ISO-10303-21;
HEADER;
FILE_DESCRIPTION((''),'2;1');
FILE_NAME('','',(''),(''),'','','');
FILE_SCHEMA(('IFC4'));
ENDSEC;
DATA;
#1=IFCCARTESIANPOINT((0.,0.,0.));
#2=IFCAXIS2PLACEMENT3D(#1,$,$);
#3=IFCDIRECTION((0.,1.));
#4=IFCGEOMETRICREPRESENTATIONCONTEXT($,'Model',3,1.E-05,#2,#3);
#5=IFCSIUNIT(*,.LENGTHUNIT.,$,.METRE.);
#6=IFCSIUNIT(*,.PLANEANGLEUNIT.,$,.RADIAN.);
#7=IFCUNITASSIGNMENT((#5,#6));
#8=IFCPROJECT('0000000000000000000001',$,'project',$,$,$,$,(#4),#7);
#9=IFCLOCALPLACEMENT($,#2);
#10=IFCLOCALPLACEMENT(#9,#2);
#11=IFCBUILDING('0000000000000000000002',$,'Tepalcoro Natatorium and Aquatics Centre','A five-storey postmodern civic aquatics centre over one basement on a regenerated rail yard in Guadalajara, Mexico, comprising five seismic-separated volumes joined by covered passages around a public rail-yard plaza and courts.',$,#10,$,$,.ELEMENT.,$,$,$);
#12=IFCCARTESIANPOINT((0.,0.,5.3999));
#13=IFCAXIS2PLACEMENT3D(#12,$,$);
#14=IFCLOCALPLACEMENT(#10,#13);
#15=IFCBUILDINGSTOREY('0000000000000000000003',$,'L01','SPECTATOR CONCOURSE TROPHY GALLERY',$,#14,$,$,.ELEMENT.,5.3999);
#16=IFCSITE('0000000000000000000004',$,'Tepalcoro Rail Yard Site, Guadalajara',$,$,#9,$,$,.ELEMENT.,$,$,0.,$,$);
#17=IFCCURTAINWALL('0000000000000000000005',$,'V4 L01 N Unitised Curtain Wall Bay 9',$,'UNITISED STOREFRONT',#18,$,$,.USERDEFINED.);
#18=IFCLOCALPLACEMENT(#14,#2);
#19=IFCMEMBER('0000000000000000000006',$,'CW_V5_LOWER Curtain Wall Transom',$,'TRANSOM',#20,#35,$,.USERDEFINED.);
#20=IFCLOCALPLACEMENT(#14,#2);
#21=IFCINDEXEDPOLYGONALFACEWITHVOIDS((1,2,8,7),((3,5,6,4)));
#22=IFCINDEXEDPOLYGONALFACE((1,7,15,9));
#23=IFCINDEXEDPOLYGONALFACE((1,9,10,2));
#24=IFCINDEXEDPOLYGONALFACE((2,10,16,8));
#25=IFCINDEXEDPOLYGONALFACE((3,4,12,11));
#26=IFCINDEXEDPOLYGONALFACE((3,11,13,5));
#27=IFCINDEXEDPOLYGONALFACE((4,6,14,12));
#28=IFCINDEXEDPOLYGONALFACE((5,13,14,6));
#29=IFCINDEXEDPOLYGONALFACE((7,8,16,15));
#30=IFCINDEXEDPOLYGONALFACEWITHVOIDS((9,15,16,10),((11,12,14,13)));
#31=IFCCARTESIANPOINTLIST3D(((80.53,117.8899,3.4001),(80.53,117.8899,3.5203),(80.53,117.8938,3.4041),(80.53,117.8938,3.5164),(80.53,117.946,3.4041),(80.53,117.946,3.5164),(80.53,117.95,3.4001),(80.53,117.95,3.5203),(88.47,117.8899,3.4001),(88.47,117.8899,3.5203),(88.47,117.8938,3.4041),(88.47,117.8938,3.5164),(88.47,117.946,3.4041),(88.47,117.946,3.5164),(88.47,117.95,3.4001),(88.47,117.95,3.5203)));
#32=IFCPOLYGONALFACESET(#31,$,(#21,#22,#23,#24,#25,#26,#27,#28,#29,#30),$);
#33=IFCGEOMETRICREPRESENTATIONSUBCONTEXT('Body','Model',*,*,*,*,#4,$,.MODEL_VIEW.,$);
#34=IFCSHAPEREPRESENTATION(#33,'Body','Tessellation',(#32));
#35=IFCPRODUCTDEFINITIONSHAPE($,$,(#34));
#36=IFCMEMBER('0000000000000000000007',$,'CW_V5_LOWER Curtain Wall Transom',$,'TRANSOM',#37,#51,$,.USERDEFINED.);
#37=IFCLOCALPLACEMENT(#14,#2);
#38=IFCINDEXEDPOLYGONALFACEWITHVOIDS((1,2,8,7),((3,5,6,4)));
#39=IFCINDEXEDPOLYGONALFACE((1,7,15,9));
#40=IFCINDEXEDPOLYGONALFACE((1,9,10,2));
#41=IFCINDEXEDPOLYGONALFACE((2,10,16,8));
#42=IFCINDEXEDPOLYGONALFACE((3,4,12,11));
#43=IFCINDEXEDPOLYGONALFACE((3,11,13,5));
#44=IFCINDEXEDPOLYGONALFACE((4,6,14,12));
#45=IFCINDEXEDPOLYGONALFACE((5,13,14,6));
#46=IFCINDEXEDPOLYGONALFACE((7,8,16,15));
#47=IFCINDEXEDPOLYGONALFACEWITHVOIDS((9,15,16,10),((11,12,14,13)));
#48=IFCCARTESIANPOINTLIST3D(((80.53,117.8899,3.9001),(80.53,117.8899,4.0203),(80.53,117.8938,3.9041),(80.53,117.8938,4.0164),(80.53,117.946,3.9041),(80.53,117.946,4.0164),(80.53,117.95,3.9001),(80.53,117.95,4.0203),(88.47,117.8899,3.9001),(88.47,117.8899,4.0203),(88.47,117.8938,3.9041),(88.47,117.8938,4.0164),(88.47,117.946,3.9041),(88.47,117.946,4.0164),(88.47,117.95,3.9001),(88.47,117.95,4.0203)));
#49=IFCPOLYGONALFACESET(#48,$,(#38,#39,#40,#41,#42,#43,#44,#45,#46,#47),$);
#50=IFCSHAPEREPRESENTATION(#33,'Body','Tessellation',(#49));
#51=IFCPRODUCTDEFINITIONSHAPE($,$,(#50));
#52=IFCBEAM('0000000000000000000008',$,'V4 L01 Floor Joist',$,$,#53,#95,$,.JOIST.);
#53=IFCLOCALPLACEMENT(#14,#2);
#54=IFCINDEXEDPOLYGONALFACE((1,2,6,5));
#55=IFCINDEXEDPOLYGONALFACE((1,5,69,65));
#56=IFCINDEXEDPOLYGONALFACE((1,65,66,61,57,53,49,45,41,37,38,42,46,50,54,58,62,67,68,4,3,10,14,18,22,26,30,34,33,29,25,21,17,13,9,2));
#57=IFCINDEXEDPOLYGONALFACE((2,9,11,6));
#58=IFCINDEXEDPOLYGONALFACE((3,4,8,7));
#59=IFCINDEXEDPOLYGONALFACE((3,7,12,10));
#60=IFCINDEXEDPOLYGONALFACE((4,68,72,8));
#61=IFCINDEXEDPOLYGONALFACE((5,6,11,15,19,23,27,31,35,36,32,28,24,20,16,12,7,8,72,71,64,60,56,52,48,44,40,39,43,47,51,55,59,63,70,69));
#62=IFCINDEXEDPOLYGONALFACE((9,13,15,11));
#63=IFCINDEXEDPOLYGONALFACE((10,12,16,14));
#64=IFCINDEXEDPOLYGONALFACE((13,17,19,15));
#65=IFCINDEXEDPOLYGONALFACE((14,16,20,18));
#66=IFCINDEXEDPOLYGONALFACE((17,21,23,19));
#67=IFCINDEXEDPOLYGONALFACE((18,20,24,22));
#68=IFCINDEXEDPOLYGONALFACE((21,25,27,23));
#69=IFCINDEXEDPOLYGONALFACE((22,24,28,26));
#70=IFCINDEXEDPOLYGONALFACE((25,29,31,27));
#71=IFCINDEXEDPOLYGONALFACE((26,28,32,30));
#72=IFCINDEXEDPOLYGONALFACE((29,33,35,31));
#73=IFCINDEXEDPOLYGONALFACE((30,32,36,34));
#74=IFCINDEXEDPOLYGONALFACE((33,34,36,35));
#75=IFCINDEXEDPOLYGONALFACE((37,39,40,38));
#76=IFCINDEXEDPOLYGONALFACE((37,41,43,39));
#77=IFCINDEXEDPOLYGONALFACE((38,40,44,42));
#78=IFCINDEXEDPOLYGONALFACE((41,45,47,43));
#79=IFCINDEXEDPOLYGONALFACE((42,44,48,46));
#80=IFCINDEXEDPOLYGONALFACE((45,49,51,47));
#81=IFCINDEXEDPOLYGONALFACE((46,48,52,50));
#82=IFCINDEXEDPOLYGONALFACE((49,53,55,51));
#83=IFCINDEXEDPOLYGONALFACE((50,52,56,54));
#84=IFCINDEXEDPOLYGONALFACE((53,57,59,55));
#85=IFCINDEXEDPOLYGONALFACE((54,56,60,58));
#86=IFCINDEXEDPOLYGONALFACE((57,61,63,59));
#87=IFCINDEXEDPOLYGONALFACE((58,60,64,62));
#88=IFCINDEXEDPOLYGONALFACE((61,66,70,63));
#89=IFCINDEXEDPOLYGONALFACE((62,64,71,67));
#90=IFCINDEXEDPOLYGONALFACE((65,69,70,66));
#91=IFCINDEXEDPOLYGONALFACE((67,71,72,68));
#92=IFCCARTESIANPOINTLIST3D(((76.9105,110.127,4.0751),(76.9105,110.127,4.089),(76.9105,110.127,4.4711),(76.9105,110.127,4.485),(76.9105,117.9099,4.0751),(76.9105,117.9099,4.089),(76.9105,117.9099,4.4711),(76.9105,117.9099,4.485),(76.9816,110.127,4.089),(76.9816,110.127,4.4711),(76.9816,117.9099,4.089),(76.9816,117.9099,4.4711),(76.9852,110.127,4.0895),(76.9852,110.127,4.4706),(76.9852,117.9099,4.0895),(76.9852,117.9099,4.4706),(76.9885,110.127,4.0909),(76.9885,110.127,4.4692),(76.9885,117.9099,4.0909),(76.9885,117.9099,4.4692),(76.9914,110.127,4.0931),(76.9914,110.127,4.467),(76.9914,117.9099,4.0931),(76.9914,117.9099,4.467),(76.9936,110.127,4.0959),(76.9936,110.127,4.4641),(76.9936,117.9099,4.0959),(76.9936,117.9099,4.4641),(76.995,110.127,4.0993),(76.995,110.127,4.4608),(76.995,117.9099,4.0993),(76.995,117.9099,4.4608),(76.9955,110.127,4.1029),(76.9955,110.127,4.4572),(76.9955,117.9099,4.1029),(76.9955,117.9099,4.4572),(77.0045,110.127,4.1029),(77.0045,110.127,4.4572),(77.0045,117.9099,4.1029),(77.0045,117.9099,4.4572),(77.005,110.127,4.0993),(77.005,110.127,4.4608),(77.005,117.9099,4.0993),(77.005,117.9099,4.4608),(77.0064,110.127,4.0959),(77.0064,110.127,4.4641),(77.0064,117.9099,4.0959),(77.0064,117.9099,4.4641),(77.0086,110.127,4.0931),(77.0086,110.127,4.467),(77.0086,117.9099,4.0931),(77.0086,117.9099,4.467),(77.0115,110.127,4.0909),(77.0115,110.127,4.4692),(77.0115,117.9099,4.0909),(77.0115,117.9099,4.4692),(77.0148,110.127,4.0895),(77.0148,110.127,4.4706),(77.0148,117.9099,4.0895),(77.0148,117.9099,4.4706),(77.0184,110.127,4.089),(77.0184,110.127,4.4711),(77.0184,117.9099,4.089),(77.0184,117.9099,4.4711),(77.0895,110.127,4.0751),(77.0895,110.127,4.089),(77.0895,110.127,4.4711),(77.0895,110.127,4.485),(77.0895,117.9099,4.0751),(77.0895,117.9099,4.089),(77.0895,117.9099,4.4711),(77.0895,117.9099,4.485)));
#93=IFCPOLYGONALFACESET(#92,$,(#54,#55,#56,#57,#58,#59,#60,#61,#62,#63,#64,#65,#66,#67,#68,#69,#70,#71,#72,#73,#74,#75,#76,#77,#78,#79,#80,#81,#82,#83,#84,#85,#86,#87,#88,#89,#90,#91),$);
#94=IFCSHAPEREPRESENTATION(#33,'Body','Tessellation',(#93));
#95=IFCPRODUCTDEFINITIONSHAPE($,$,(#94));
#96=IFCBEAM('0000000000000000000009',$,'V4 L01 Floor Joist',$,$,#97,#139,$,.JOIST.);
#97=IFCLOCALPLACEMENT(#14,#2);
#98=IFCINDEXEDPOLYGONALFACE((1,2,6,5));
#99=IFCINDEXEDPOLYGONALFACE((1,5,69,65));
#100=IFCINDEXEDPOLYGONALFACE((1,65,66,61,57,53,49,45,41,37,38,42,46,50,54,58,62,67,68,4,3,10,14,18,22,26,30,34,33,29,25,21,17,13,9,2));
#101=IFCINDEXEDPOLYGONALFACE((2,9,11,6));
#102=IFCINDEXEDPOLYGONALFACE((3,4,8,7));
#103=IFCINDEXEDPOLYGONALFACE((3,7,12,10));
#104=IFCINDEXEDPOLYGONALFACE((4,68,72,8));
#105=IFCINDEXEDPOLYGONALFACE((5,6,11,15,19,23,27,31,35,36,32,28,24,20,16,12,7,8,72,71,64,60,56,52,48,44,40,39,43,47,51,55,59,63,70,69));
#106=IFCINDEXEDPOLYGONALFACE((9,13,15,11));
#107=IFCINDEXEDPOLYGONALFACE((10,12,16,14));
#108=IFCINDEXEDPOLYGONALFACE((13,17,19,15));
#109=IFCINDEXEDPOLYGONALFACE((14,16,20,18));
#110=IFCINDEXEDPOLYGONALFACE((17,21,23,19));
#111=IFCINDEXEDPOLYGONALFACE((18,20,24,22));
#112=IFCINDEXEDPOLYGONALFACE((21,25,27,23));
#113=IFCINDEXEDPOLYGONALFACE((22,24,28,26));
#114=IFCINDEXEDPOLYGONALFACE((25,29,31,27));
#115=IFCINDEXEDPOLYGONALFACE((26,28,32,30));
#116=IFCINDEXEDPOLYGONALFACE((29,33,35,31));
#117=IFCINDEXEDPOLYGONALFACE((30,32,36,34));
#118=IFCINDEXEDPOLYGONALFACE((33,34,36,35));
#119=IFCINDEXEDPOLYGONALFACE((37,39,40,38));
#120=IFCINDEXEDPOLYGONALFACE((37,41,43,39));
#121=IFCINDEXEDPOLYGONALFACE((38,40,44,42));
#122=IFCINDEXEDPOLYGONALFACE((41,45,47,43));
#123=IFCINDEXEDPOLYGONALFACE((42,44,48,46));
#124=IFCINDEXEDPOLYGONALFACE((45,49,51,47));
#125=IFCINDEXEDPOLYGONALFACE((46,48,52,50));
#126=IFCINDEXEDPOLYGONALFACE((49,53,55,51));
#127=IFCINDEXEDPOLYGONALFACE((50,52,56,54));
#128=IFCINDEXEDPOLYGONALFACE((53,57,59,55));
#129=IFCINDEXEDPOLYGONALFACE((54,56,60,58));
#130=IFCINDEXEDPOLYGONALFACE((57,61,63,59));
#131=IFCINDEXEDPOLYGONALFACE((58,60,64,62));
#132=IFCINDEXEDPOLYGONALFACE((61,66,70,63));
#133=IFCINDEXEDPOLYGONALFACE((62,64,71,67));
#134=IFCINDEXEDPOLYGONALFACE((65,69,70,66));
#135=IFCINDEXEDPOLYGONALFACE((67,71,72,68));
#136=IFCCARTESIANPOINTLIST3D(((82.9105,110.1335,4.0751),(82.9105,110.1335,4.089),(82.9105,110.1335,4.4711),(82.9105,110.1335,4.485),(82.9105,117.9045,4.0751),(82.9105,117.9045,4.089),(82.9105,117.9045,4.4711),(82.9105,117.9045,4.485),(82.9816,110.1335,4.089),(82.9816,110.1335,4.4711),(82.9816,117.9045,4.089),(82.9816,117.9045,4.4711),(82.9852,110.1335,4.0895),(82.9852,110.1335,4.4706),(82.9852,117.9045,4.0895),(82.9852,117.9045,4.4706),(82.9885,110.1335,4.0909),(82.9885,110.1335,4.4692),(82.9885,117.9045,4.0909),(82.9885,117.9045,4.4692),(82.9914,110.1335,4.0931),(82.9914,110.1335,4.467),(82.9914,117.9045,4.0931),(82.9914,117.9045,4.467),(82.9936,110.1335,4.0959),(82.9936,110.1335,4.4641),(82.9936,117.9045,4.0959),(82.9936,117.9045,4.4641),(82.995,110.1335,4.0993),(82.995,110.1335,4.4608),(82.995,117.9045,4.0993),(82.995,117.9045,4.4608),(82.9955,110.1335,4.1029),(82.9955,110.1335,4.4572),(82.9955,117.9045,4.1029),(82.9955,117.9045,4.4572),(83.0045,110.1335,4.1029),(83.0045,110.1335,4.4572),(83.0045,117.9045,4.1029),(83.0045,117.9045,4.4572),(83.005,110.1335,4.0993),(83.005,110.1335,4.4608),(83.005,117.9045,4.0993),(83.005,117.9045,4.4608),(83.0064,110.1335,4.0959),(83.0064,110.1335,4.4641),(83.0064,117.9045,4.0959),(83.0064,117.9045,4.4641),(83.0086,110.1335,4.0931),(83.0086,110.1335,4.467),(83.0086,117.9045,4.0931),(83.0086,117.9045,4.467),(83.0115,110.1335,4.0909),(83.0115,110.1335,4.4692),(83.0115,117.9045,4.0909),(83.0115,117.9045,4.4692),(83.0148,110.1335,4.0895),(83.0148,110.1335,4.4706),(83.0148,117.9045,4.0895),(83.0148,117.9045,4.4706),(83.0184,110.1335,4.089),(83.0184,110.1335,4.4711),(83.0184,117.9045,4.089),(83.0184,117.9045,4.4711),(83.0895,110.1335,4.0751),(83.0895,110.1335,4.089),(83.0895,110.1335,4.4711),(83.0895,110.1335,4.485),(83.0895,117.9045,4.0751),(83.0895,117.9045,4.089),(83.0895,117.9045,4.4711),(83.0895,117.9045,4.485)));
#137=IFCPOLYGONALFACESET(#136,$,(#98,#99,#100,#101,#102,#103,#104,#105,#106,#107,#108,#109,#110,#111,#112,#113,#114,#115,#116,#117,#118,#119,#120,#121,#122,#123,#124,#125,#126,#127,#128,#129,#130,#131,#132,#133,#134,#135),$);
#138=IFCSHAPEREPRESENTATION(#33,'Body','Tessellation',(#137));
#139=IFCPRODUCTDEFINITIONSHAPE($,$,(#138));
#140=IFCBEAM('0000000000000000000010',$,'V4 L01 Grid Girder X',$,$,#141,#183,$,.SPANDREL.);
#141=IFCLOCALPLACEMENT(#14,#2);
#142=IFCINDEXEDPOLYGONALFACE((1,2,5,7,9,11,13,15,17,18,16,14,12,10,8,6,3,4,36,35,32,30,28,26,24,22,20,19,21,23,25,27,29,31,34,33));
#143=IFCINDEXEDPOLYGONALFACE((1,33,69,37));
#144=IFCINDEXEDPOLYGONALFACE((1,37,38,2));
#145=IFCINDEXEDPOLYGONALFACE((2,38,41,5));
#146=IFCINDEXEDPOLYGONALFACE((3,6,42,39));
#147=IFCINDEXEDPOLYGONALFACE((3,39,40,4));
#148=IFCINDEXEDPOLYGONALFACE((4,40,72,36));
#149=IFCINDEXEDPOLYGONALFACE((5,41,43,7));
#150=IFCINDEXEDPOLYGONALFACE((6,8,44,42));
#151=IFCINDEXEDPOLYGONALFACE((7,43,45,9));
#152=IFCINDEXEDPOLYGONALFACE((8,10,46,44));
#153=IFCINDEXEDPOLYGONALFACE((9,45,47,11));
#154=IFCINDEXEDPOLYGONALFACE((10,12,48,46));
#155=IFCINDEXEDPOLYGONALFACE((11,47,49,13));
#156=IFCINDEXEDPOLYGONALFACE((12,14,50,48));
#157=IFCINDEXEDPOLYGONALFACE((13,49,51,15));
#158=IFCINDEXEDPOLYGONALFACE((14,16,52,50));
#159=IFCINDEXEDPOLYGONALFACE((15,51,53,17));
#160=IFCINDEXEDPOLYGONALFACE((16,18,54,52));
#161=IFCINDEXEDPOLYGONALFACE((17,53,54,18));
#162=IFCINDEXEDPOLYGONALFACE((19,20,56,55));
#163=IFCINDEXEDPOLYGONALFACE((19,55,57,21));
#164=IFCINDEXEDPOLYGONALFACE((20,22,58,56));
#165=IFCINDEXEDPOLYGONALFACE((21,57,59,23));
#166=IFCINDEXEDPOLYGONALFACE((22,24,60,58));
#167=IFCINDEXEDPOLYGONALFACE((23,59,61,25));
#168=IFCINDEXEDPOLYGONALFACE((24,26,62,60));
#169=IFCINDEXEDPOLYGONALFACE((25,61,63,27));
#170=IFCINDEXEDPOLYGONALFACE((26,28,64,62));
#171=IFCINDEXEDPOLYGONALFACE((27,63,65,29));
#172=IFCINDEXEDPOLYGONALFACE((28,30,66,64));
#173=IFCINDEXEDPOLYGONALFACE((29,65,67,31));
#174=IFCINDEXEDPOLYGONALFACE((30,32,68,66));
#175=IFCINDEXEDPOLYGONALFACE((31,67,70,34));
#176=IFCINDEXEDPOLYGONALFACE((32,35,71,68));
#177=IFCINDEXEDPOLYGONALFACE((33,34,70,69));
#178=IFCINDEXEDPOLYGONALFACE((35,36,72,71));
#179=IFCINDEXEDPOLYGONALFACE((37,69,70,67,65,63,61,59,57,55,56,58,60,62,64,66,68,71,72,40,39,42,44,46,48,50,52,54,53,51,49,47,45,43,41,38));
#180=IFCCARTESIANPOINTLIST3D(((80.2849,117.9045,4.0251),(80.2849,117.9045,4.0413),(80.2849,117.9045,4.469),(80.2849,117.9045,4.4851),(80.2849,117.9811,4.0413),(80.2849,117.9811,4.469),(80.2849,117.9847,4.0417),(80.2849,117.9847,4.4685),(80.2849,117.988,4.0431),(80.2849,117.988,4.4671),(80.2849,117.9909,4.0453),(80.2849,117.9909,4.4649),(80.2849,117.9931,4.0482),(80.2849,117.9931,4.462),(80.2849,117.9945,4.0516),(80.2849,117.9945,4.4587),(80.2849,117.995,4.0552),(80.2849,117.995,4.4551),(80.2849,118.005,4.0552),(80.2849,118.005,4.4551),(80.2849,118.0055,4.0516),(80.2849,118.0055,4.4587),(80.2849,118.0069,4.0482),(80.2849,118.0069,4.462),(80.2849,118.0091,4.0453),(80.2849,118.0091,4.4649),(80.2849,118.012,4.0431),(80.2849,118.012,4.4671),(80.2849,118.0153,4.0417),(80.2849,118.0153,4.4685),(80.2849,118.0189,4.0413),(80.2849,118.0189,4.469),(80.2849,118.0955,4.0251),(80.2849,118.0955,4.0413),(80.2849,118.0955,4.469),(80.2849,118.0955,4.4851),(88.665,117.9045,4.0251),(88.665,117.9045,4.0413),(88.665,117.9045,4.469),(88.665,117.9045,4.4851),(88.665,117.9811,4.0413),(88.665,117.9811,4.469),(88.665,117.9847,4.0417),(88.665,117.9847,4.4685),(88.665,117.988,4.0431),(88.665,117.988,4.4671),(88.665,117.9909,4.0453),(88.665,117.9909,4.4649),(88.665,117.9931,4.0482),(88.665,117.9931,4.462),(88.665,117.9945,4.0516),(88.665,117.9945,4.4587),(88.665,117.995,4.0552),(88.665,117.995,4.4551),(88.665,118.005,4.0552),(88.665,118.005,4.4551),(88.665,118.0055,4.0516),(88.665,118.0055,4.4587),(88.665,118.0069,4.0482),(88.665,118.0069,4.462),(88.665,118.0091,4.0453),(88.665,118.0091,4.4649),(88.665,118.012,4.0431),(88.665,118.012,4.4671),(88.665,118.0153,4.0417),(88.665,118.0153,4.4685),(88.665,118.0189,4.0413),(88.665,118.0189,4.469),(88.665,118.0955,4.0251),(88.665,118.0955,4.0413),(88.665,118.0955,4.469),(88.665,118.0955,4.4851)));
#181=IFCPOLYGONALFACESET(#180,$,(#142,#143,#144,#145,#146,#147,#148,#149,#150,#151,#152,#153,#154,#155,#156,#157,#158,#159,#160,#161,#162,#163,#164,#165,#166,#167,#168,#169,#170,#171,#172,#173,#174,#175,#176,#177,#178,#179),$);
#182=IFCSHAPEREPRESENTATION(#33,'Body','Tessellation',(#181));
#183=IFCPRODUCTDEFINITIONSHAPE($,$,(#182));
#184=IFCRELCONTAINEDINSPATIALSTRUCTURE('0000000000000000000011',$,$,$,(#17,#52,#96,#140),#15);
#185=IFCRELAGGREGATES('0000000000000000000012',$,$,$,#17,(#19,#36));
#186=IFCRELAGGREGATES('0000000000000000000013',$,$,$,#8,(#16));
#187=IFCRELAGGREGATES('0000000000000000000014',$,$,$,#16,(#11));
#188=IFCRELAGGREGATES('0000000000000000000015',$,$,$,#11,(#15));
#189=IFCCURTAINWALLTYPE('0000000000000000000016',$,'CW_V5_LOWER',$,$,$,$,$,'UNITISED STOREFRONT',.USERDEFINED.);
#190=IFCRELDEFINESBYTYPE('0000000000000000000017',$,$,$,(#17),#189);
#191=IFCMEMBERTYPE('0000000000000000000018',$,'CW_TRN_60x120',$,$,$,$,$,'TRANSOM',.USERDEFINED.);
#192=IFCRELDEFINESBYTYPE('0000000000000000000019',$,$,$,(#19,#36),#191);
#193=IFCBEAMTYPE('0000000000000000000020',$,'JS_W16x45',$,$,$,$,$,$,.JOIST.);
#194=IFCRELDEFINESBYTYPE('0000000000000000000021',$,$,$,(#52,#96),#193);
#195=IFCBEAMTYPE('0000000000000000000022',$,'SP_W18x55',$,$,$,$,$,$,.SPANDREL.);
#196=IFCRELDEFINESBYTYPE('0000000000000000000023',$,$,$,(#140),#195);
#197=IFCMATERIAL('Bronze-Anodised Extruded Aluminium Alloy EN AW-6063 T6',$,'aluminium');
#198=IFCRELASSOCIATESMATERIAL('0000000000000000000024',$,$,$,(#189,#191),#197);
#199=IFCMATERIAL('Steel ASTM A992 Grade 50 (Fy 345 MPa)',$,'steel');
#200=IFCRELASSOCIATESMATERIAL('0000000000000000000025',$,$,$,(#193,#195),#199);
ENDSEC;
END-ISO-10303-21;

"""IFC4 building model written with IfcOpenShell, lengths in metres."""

from ifc_helpers import new_model, si_unit, direction, frame, origin, origin_2d, place, context, subcontext, project, spatial, hollow_rectangle, i_section, extrude, material, material_profile, profile_set, type_object, element, aggregate, save


model = new_model("IFC4")

# Units and contexts
model_context = context("Model", 3, precision=1e-05, world=origin(), true_north=direction((0.0, 1.0)))
body_context = subcontext(model_context, "Body", "Model", "MODEL_VIEW")
ifc_project = project(units=[si_unit("LENGTHUNIT", "METRE"), si_unit("PLANEANGLEUNIT", "RADIAN")], contexts=[model_context])

# Site, building, storey
site_placement = place(None, origin())
site = spatial("IfcSite", under=ifc_project, at=site_placement, Name="Tepalcoro Rail Yard Site, Guadalajara", CompositionType="ELEMENT", RefElevation=0.0)
building_placement = place(site_placement, origin())
building = spatial("IfcBuilding", under=site, at=building_placement, Name="Tepalcoro Natatorium and Aquatics Centre", Description="A five-storey postmodern civic aquatics centre over one basement on a regenerated rail yard in Guadalajara, Mexico, comprising five seismic-separated volumes joined by covered passages around a public rail-yard plaza and courts.", CompositionType="ELEMENT")
storey_placement = place(building_placement, frame((0.0, 0.0, 5.3999)))
storey = spatial("IfcBuildingStorey", under=building, at=storey_placement, Name="L01", Description="SPECTATOR CONCOURSE TROPHY GALLERY", CompositionType="ELEMENT", Elevation=5.3999)

# Shared definitions
ifc_material_1 = material(Name="Steel ASTM A992 Grade 50 (Fy 345 MPa)", Category="steel")

# Curtain wall
ifc_material_2 = material(Name="Bronze-Anodised Extruded Aluminium Alloy EN AW-6063 T6", Category="aluminium")
curtain_wall_type_1 = type_object("IfcCurtainWallType", Name="CW_V5_LOWER", ElementType="UNITISED STOREFRONT", PredefinedType="USERDEFINED", material=ifc_material_2)
curtain_wall_1_placement = place(storey_placement, origin())
curtain_wall_1 = element("IfcCurtainWall", 1, at=curtain_wall_1_placement, inside=storey, type_object=curtain_wall_type_1, Name="V4 L01 N Unitised Curtain Wall Bay 9", ObjectType="UNITISED STOREFRONT", PredefinedType="USERDEFINED")

# Members
ifc_material_profile_1 = material_profile(ifc_material_2, hollow_rectangle(XDim=0.0601, YDim=0.1201, WallThickness=0.0039, at=origin_2d()), Name="AL60X120X4")
ifc_profile_set_1 = profile_set([ifc_material_profile_1], Name="Bronze-Anodised Extruded Aluminium Alloy EN AW-6063 T6")
member_type_1 = type_object("IfcMemberType", Name="CW_TRN_60x120", ElementType="TRANSOM", PredefinedType="USERDEFINED", material=ifc_profile_set_1)
member_1_placement = place(storey_placement, frame((80.53, 117.9199, 3.4602), z_axis=(1.0, 0.0, 0.0), x_axis=(0.0, 1.0, 0.0)))
member_1 = element("IfcMember", 2, at=member_1_placement, type_object=member_type_1, Name="CW_V5_LOWER Curtain Wall Transom", ObjectType="TRANSOM", PredefinedType="USERDEFINED", context=body_context, shape_type="SweptSolid", body=[
    extrude(hollow_rectangle(XDim=0.0601, YDim=0.1201, WallThickness=0.0039, at=origin_2d()), origin(), (0.0, 0.0, 1.0), 7.9399),
])
member_2_placement = place(storey_placement, frame((80.53, 117.9199, 3.9602), z_axis=(1.0, 0.0, 0.0), x_axis=(0.0, 1.0, 0.0)))
member_2 = element("IfcMember", 3, at=member_2_placement, type_object=member_type_1, Name="CW_V5_LOWER Curtain Wall Transom", ObjectType="TRANSOM", PredefinedType="USERDEFINED", context=body_context, shape_type="SweptSolid", body=[
    extrude(hollow_rectangle(XDim=0.0601, YDim=0.1201, WallThickness=0.0039, at=origin_2d()), origin(), (0.0, 0.0, 1.0), 7.9399),
])

# Beams
ifc_material_profile_2 = material_profile(ifc_material_1, i_section(OverallWidth=0.179, OverallDepth=0.4099, WebThickness=0.009, FlangeThickness=0.0139, FilletRadius=0.0139, at=origin_2d()), Name="W16X45")
ifc_profile_set_2 = profile_set([ifc_material_profile_2], Name="Steel ASTM A992 Grade 50 (Fy 345 MPa)")
beam_type_1 = type_object("IfcBeamType", Name="JS_W16x45", PredefinedType="JOIST", material=ifc_profile_set_2)
beam_1_placement = place(storey_placement, frame((77.0, 110.127, 4.28), z_axis=(0.0, 1.0, 0.0), x_axis=(-1.0, 0.0, 0.0)))
element("IfcBeam", 4, at=beam_1_placement, inside=storey, type_object=beam_type_1, Name="V4 L01 Floor Joist", PredefinedType="JOIST", context=body_context, shape_type="SweptSolid", body=[
    extrude(i_section(OverallWidth=0.179, OverallDepth=0.4099, WebThickness=0.009, FlangeThickness=0.0139, FilletRadius=0.0139, at=origin_2d()), origin(), (0.0, 0.0, 1.0), 7.783),
])
beam_2_placement = place(storey_placement, frame((83.0, 110.1335, 4.28), z_axis=(0.0, 1.0, 0.0), x_axis=(-1.0, 0.0, 0.0)))
element("IfcBeam", 5, at=beam_2_placement, inside=storey, type_object=beam_type_1, Name="V4 L01 Floor Joist", PredefinedType="JOIST", context=body_context, shape_type="SweptSolid", body=[
    extrude(i_section(OverallWidth=0.179, OverallDepth=0.4099, WebThickness=0.009, FlangeThickness=0.0139, FilletRadius=0.0139, at=origin_2d()), origin(), (0.0, 0.0, 1.0), 7.771),
])
ifc_material_profile_3 = material_profile(ifc_material_1, i_section(OverallWidth=0.1909, OverallDepth=0.46, WebThickness=0.01, FlangeThickness=0.0161, FilletRadius=0.0139, at=origin_2d()), Name="W18X55")
ifc_profile_set_3 = profile_set([ifc_material_profile_3], Name="Steel ASTM A992 Grade 50 (Fy 345 MPa)")
beam_type_2 = type_object("IfcBeamType", Name="SP_W18x55", PredefinedType="SPANDREL", material=ifc_profile_set_3)
beam_3_placement = place(storey_placement, frame((80.2849, 118.0, 4.2551), z_axis=(1.0, 0.0, 0.0), x_axis=(0.0, 1.0, 0.0)))
element("IfcBeam", 6, at=beam_3_placement, inside=storey, type_object=beam_type_2, Name="V4 L01 Grid Girder X", PredefinedType="SPANDREL", context=body_context, shape_type="SweptSolid", body=[
    extrude(i_section(OverallWidth=0.1909, OverallDepth=0.46, WebThickness=0.01, FlangeThickness=0.0161, FilletRadius=0.0139, at=origin_2d()), origin(), (0.0, 0.0, 1.0), 8.3801),
])

aggregate(curtain_wall_1, [member_1, member_2])

save(model, "model.ifc")
